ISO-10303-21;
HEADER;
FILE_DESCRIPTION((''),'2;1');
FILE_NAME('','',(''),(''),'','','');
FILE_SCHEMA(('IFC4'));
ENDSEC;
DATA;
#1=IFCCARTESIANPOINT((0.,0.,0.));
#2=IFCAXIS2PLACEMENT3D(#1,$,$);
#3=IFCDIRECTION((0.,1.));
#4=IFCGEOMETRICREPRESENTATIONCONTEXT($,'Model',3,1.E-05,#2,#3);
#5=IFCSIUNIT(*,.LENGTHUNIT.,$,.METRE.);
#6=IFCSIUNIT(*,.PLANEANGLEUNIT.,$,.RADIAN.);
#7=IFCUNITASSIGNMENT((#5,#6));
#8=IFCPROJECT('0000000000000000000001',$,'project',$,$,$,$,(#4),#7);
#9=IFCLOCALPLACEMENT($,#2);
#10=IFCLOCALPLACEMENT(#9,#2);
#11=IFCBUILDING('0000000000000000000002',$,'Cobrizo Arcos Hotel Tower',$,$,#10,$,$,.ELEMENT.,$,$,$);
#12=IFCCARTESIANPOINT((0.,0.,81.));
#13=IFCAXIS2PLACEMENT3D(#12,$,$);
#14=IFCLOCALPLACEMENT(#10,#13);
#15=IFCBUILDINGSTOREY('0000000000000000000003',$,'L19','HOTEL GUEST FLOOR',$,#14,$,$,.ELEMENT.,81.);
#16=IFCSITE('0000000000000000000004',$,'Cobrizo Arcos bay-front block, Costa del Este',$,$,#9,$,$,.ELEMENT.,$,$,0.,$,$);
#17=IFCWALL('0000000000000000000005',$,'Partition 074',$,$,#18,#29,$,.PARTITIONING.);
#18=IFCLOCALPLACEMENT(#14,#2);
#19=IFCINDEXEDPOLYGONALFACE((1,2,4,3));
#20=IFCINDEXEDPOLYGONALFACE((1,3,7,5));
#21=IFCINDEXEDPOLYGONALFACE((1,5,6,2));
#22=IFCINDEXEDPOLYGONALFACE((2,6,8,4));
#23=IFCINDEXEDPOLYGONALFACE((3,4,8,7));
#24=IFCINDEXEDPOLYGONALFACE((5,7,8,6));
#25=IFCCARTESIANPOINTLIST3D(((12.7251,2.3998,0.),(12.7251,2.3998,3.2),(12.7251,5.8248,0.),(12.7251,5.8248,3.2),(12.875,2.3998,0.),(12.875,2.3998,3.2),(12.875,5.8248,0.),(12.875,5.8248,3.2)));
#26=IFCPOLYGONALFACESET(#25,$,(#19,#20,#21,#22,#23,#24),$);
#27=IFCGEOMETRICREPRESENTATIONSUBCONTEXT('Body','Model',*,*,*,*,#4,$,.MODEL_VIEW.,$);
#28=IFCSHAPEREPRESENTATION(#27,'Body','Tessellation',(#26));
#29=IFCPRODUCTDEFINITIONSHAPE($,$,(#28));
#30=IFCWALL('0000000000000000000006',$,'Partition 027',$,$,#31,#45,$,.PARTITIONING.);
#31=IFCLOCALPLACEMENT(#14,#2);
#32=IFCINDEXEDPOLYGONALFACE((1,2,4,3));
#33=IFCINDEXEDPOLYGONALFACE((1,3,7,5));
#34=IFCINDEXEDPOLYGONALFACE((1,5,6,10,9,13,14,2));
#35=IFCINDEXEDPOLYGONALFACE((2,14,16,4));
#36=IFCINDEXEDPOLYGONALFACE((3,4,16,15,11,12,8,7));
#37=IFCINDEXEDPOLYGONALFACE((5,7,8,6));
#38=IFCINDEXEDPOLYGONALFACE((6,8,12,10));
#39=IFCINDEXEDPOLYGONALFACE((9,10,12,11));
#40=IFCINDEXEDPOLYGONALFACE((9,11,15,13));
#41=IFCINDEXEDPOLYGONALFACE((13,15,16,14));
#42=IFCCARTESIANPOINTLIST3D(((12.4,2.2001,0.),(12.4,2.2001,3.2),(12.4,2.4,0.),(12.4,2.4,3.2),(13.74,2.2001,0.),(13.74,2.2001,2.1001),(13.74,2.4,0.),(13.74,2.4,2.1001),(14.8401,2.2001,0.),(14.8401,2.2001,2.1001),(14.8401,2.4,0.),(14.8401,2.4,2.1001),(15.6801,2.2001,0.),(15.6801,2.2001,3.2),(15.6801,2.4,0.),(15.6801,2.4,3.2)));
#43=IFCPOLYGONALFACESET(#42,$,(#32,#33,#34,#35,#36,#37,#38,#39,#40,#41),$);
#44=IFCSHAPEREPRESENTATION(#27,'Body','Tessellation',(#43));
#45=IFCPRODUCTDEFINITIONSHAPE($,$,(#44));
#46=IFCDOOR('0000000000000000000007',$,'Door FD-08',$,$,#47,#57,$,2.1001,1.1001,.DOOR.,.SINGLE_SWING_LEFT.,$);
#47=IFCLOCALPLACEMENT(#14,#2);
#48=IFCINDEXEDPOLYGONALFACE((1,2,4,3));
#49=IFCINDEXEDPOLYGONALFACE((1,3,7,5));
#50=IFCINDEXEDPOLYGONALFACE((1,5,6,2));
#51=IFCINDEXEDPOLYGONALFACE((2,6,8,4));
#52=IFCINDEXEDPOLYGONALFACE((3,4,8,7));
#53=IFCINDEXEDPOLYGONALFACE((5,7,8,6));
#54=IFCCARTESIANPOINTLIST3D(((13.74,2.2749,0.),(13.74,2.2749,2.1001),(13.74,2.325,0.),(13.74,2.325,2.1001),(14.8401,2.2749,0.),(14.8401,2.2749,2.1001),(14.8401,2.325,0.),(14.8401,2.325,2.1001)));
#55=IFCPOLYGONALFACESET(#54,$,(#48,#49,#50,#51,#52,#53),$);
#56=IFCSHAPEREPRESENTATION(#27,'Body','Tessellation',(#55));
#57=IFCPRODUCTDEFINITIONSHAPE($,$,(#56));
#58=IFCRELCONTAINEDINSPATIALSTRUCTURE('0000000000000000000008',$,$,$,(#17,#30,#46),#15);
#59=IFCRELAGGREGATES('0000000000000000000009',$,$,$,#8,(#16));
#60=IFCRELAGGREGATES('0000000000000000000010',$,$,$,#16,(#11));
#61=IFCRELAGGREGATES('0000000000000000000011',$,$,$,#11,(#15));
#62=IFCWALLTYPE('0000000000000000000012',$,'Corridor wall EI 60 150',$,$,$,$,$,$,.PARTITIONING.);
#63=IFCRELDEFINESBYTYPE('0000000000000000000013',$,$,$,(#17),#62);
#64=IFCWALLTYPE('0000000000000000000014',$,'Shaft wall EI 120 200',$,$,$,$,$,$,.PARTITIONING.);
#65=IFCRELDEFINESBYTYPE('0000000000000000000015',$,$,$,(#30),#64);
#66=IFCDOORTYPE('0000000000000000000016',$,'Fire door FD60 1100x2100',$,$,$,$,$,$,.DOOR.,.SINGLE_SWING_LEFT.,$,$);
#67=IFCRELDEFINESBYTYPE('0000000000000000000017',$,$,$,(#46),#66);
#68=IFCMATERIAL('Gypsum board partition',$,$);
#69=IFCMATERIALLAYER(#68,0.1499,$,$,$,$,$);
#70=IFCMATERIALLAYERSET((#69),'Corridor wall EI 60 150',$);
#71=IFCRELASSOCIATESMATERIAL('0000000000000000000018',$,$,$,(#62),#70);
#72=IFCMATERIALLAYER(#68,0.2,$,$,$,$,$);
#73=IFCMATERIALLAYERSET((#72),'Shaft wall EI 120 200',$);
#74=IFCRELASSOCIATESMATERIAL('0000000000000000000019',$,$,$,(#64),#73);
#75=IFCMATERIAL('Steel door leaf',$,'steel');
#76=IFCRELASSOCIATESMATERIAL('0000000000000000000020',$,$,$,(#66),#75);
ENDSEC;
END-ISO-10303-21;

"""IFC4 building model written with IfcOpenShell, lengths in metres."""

from ifc_helpers import new_model, si_unit, direction, frame, frame_2d, origin, place, context, subcontext, project, spatial, rectangle, extrude, material, layer, layer_set, type_object, element, fill, save


model = new_model("IFC4")

# Units and contexts
model_context = context("Model", 3, precision=1e-05, world=origin(), true_north=direction((0.0, 1.0)))
body_context = subcontext(model_context, "Body", "Model", "MODEL_VIEW")
ifc_project = project(units=[si_unit("LENGTHUNIT", "METRE"), si_unit("PLANEANGLEUNIT", "RADIAN")], contexts=[model_context])

# Site, building, storey
site_placement = place(None, origin())
site = spatial("IfcSite", under=ifc_project, at=site_placement, Name="Cobrizo Arcos bay-front block, Costa del Este", CompositionType="ELEMENT", RefElevation=0.0)
building_placement = place(site_placement, origin())
building = spatial("IfcBuilding", under=site, at=building_placement, Name="Cobrizo Arcos Hotel Tower", CompositionType="ELEMENT")
storey_placement = place(building_placement, frame((0.0, 0.0, 81.0)))
storey = spatial("IfcBuildingStorey", under=building, at=storey_placement, Name="L19", Description="HOTEL GUEST FLOOR", CompositionType="ELEMENT", Elevation=81.0)

# Shared definitions
ifc_material_1 = material(Name="Gypsum board partition")
ifc_layer_1 = layer(ifc_material_1, 0.1499)
ifc_layer_set_1 = layer_set([ifc_layer_1], Name="Corridor wall EI 60 150")
wall_type_1 = type_object("IfcWallType", Name="Corridor wall EI 60 150", PredefinedType="PARTITIONING", material=ifc_layer_set_1)

# Wall
wall_1_placement = place(storey_placement, frame((12.8, 2.3999, 0.0), z_axis=(0.0, 0.0, 1.0), x_axis=(0.0, 1.0, 0.0)))
element("IfcWall", 1, at=wall_1_placement, inside=storey, type_object=wall_type_1, Name="Partition 074", PredefinedType="PARTITIONING", context=body_context, shape_type="SweptSolid", body=[
    extrude(rectangle(XDim=3.425, YDim=0.1499, at=frame_2d((1.7124, 0.0))), origin(), (0.0, 0.0, 1.0), 3.2),
])

# Wall, opening, door
ifc_layer_2 = layer(ifc_material_1, 0.2)
ifc_layer_set_2 = layer_set([ifc_layer_2], Name="Shaft wall EI 120 200")
wall_type_2 = type_object("IfcWallType", Name="Shaft wall EI 120 200", PredefinedType="PARTITIONING", material=ifc_layer_set_2)
wall_2_placement = place(storey_placement, frame((12.3999, 2.3, 0.0), z_axis=(0.0, 0.0, 1.0), x_axis=(1.0, 0.0, 0.0)))
wall_2 = element("IfcWall", 2, at=wall_2_placement, inside=storey, type_object=wall_type_2, Name="Partition 027", PredefinedType="PARTITIONING", context=body_context, shape_type="SweptSolid", body=[
    extrude(rectangle(XDim=3.28, YDim=0.2, at=frame_2d((1.6401, 0.0))), origin(), (0.0, 0.0, 1.0), 3.2),
])
opening_1_placement = place(wall_2_placement, frame((1.3401, 0.0, 0.0)))
opening_1 = element("IfcOpeningElement", 3, at=opening_1_placement, cuts=wall_2, PredefinedType="OPENING", context=body_context, shape_type="SweptSolid", body=[
    extrude(rectangle(XDim=1.1001, YDim=2.1001, at=frame_2d((0.55, 1.05))), frame((0.0, 0.1121, 0.0), z_axis=(0.0, -1.0, 0.0), x_axis=(1.0, 0.0, 0.0)), (0.0, 0.0, 1.0), 0.2239),
])
ifc_material_2 = material(Name="Steel door leaf", Category="steel")
door_type_1 = type_object("IfcDoorType", Name="Fire door FD60 1100x2100", OperationType="SINGLE_SWING_LEFT", PredefinedType="DOOR", material=ifc_material_2)
door_1_placement = place(opening_1_placement, origin())
door_1 = element("IfcDoor", 4, at=door_1_placement, inside=storey, type_object=door_type_1, Name="Door FD-08", OperationType="SINGLE_SWING_LEFT", OverallHeight=2.1001, OverallWidth=1.1001, PredefinedType="DOOR", context=body_context, shape_type="SweptSolid", body=[
    extrude(rectangle(XDim=1.1001, YDim=2.1001, at=frame_2d((0.55, 1.05))), frame((0.0, 0.0249, 0.0), z_axis=(0.0, -1.0, 0.0), x_axis=(1.0, 0.0, 0.0)), (0.0, 0.0, 1.0), 0.05),
])
fill(opening_1, door_1)

save(model, "model.ifc")
